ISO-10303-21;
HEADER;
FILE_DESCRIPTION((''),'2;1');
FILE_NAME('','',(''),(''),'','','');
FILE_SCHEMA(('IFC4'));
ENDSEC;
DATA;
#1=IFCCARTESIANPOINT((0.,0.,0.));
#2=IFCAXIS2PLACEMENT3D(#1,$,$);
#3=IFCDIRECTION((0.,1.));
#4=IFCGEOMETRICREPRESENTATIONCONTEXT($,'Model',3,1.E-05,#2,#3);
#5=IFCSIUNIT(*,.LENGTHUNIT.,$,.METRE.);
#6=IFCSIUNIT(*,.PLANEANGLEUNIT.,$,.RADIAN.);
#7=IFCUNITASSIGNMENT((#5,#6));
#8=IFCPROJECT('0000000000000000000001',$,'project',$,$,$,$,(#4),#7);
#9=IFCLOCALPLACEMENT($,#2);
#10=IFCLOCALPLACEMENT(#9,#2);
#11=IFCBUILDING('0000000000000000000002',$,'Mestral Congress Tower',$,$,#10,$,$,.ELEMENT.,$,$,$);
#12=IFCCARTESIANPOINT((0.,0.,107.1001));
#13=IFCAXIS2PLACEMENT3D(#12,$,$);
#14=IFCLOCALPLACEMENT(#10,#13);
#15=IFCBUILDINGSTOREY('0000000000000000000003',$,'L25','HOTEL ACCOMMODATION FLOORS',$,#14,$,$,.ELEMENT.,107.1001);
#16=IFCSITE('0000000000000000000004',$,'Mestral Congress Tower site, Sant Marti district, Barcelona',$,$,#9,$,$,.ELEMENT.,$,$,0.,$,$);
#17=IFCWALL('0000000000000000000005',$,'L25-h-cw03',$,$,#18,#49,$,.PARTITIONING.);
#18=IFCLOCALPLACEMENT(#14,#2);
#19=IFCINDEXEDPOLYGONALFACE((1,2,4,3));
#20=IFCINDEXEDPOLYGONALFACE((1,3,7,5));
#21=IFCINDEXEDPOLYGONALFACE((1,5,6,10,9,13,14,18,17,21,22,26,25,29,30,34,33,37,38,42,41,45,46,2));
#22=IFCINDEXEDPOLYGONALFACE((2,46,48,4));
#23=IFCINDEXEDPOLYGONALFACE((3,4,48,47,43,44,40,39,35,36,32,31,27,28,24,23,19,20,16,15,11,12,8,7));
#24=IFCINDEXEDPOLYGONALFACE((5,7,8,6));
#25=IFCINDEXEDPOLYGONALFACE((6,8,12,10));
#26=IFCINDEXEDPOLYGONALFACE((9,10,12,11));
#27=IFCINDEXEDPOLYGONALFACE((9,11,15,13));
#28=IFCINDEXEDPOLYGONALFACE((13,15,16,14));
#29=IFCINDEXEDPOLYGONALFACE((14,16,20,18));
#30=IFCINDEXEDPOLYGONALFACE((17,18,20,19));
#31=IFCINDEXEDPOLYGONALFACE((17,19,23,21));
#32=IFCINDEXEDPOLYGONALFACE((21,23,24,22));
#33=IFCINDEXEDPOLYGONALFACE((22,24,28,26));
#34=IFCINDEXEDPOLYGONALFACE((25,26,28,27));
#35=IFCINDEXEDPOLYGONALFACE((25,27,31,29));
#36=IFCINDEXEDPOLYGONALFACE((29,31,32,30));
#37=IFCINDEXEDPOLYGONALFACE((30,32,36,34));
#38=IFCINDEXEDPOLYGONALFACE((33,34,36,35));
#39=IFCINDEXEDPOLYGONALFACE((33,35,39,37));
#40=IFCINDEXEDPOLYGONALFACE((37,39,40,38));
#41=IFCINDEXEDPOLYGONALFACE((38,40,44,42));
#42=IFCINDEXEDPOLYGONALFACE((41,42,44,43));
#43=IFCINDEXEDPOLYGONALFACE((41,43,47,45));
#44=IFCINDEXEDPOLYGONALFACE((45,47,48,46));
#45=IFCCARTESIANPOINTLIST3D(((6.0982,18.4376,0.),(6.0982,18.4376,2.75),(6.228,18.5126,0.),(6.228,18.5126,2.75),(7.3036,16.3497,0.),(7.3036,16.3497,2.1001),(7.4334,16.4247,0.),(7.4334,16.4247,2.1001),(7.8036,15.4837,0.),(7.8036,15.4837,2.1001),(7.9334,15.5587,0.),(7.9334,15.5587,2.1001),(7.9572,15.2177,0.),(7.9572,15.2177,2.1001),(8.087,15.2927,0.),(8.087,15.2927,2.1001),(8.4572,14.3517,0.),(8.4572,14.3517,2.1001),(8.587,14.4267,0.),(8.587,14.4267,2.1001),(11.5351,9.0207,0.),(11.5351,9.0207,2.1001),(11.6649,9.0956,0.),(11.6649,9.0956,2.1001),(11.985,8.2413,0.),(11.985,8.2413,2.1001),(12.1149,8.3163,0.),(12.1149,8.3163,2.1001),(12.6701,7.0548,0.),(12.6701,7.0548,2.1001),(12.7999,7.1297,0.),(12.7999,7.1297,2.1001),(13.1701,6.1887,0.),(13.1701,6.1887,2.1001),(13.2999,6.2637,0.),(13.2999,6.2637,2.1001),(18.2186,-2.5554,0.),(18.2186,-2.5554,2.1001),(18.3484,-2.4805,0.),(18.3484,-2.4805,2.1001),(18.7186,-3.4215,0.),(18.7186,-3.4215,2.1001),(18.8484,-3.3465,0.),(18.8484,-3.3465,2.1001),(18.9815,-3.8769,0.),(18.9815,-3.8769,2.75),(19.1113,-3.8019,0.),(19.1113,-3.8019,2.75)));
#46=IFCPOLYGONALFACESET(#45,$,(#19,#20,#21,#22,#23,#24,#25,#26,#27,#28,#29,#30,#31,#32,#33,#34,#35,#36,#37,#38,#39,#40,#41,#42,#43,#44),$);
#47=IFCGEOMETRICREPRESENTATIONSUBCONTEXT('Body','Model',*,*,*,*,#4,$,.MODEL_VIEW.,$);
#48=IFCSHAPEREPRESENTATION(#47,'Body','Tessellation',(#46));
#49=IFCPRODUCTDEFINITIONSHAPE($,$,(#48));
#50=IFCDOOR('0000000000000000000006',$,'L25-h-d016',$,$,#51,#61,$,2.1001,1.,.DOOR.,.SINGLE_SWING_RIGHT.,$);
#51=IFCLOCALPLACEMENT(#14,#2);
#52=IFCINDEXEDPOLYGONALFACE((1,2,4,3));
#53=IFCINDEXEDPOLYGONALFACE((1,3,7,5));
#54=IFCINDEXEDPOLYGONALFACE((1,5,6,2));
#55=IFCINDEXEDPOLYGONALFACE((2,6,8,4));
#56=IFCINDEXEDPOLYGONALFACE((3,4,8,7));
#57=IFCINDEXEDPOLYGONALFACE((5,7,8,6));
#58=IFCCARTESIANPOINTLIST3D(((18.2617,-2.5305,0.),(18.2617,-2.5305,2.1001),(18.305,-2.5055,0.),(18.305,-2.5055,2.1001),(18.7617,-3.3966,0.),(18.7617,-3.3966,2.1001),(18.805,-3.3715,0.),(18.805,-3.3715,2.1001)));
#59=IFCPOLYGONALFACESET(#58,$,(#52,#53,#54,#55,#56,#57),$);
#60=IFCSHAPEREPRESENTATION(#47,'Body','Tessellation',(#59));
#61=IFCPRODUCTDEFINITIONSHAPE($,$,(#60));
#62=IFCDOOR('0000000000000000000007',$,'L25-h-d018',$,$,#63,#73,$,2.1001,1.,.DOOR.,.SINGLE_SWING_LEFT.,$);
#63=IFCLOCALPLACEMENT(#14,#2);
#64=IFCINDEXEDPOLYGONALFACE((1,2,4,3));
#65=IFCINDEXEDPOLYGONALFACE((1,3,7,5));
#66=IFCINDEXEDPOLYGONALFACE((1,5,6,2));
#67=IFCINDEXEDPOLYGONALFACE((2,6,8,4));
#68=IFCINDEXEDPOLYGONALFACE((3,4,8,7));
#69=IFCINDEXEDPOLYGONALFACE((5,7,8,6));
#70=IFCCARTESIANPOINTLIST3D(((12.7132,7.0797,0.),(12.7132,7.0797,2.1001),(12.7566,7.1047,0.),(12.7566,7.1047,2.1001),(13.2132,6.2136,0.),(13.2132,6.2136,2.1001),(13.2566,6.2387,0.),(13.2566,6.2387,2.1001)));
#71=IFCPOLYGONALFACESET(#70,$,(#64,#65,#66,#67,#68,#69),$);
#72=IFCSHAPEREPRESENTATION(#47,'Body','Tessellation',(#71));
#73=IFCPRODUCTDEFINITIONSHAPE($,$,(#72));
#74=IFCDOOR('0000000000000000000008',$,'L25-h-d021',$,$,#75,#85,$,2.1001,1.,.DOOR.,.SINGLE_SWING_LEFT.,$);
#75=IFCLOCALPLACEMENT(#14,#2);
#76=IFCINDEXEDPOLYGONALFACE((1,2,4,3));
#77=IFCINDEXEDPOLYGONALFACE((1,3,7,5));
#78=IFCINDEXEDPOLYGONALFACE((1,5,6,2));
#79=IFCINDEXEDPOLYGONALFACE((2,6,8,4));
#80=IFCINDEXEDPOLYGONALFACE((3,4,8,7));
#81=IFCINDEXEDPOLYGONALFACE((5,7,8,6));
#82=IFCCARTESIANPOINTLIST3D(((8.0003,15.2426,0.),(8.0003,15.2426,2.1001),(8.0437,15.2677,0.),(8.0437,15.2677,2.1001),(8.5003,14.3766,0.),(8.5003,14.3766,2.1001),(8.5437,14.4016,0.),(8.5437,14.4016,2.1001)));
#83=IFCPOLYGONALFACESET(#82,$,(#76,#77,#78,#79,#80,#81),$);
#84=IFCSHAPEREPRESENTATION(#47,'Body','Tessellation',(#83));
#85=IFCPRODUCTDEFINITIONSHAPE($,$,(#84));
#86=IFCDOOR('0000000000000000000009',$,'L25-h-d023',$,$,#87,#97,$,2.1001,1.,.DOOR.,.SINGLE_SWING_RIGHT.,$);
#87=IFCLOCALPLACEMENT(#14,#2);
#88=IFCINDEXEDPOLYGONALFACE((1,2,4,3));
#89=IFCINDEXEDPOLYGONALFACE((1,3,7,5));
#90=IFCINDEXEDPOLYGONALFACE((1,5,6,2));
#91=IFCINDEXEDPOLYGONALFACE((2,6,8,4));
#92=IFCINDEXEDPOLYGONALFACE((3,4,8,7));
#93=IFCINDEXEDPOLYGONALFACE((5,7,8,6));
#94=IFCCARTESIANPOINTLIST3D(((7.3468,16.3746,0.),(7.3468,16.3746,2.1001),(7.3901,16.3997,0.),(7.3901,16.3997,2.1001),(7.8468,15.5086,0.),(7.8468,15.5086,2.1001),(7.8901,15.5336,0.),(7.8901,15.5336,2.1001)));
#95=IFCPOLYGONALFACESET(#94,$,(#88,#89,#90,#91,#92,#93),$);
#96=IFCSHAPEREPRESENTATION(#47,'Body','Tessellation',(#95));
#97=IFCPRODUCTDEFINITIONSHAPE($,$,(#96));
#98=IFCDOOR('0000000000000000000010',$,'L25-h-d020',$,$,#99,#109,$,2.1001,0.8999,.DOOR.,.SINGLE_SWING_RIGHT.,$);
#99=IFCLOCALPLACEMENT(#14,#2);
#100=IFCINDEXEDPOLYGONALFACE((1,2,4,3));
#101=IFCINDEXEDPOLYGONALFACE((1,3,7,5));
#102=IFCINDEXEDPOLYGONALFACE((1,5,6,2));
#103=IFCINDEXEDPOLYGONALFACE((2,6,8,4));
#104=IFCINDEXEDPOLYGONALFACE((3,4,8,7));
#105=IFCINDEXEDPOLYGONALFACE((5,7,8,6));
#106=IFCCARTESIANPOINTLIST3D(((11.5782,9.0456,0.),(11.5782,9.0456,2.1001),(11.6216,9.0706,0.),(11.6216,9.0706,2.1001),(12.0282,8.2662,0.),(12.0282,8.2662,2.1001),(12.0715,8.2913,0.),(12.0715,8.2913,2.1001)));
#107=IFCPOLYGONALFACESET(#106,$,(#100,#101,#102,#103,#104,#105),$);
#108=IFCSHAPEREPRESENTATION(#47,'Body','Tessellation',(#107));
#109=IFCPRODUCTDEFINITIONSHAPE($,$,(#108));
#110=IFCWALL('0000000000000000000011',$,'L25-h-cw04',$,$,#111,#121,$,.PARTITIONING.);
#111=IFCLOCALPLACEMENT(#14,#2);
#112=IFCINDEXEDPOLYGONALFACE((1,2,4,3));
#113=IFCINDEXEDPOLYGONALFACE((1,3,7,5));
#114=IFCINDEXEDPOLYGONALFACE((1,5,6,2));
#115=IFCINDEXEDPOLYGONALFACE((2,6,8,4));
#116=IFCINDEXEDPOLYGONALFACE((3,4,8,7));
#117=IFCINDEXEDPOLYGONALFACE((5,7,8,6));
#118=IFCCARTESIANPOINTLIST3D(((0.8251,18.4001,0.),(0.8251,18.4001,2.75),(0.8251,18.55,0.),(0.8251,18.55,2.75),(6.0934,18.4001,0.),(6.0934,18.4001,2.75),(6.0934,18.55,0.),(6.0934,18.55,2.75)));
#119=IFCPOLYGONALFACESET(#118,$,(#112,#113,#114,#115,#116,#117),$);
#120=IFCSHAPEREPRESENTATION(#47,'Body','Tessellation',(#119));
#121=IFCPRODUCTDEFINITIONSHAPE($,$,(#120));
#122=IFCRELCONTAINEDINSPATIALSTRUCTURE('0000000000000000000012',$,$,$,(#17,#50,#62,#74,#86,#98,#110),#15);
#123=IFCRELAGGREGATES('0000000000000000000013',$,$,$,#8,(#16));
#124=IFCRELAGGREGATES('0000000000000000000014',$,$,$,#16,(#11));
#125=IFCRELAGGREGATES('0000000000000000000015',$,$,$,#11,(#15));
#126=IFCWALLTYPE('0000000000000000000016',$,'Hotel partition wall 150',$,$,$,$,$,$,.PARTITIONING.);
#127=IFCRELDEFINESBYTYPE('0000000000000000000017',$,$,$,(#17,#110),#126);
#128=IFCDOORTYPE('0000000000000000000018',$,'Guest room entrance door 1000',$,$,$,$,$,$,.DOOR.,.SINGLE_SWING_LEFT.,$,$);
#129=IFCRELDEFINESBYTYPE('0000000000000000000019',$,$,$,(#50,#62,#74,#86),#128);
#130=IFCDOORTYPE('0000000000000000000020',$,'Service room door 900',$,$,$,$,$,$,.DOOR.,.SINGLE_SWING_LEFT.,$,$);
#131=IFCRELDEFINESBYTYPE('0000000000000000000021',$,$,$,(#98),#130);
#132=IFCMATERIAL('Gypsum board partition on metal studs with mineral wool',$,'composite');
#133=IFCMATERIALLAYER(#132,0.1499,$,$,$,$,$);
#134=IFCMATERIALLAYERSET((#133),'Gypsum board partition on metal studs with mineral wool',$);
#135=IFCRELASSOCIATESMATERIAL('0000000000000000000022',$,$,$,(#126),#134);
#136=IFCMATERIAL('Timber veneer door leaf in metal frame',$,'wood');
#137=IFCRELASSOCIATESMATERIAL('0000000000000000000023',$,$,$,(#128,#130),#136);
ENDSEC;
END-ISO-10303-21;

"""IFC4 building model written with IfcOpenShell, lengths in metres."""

from ifc_helpers import new_model, si_unit, direction, frame, frame_2d, origin, place, context, subcontext, project, spatial, rectangle, extrude, material, layer, layer_set, type_object, element, fill, save


model = new_model("IFC4")

# Units and contexts
model_context = context("Model", 3, precision=1e-05, world=origin(), true_north=direction((0.0, 1.0)))
body_context = subcontext(model_context, "Body", "Model", "MODEL_VIEW")
ifc_project = project(units=[si_unit("LENGTHUNIT", "METRE"), si_unit("PLANEANGLEUNIT", "RADIAN")], contexts=[model_context])

# Site, building, storey
site_placement = place(None, origin())
site = spatial("IfcSite", under=ifc_project, at=site_placement, Name="Mestral Congress Tower site, Sant Marti district, Barcelona", CompositionType="ELEMENT", RefElevation=0.0)
building_placement = place(site_placement, origin())
building = spatial("IfcBuilding", under=site, at=building_placement, Name="Mestral Congress Tower", CompositionType="ELEMENT")
storey_placement = place(building_placement, frame((0.0, 0.0, 107.1001)))
storey = spatial("IfcBuildingStorey", under=building, at=storey_placement, Name="L25", Description="HOTEL ACCOMMODATION FLOORS", CompositionType="ELEMENT", Elevation=107.1001)

# Shared definitions
ifc_material_1 = material(Name="Gypsum board partition on metal studs with mineral wool", Category="composite")

# Wall, openings, doors
ifc_layer_1 = layer(ifc_material_1, 0.1499)
ifc_layer_set_1 = layer_set([ifc_layer_1], Name="Gypsum board partition on metal studs with mineral wool")
wall_type_1 = type_object("IfcWallType", Name="Hotel partition wall 150", PredefinedType="PARTITIONING", material=ifc_layer_set_1)
wall_1_placement = place(storey_placement, frame((6.1631, 18.4751, 0.0), z_axis=(0.0, 0.0, 1.0), x_axis=(0.500001, -0.866025, 0.0)))
wall_1 = element("IfcWall", 1, at=wall_1_placement, inside=storey, type_object=wall_type_1, Name="L25-h-cw03", PredefinedType="PARTITIONING", context=body_context, shape_type="SweptSolid", body=[
    extrude(rectangle(XDim=25.7666, YDim=0.1499, at=frame_2d((12.8833, 0.0))), origin(), (0.0, 0.0, 1.0), 2.75),
])
opening_1_placement = place(wall_1_placement, frame((24.2407, 0.0, 0.0)))
opening_1 = element("IfcOpeningElement", 2, at=opening_1_placement, cuts=wall_1, PredefinedType="OPENING", context=body_context, shape_type="SweptSolid", body=[
    extrude(rectangle(XDim=1.0, YDim=2.1001, at=frame_2d((0.5, 1.05))), frame((0.0, 0.085, 0.0), z_axis=(0.0, -1.0, 0.0), x_axis=(1.0, 0.0, 0.0)), (0.0, 0.0, 1.0), 0.1699),
])
opening_2_placement = place(wall_1_placement, frame((13.1438, 0.0, 0.0)))
opening_2 = element("IfcOpeningElement", 3, at=opening_2_placement, cuts=wall_1, PredefinedType="OPENING", context=body_context, shape_type="SweptSolid", body=[
    extrude(rectangle(XDim=1.0, YDim=2.1001, at=frame_2d((0.5, 1.05))), frame((0.0, 0.085, 0.0), z_axis=(0.0, -1.0, 0.0), x_axis=(1.0, 0.0, 0.0)), (0.0, 0.0, 1.0), 0.1699),
])
opening_3_placement = place(wall_1_placement, frame((10.8738, 0.0, 0.0)))
opening_3 = element("IfcOpeningElement", 4, at=opening_3_placement, cuts=wall_1, PredefinedType="OPENING", context=body_context, shape_type="SweptSolid", body=[
    extrude(rectangle(XDim=0.8999, YDim=2.1001, at=frame_2d((0.45, 1.05))), frame((0.0, 0.085, 0.0), z_axis=(0.0, -1.0, 0.0), x_axis=(1.0, 0.0, 0.0)), (0.0, 0.0, 1.0), 0.1699),
])
opening_4_placement = place(wall_1_placement, frame((3.718, 0.0, 0.0)))
opening_4 = element("IfcOpeningElement", 5, at=opening_4_placement, cuts=wall_1, PredefinedType="OPENING", context=body_context, shape_type="SweptSolid", body=[
    extrude(rectangle(XDim=1.0, YDim=2.1001, at=frame_2d((0.5, 1.05))), frame((0.0, 0.085, 0.0), z_axis=(0.0, -1.0, 0.0), x_axis=(1.0, 0.0, 0.0)), (0.0, 0.0, 1.0), 0.1699),
])
opening_5_placement = place(wall_1_placement, frame((2.4109, 0.0, 0.0)))
opening_5 = element("IfcOpeningElement", 6, at=opening_5_placement, cuts=wall_1, PredefinedType="OPENING", context=body_context, shape_type="SweptSolid", body=[
    extrude(rectangle(XDim=1.0, YDim=2.1001, at=frame_2d((0.5, 1.05))), frame((0.0, 0.085, 0.0), z_axis=(0.0, -1.0, 0.0), x_axis=(1.0, 0.0, 0.0)), (0.0, 0.0, 1.0), 0.1699),
])
ifc_material_2 = material(Name="Timber veneer door leaf in metal frame", Category="wood")
door_type_1 = type_object("IfcDoorType", Name="Guest room entrance door 1000", OperationType="SINGLE_SWING_LEFT", PredefinedType="DOOR", material=ifc_material_2)
door_1_placement = place(opening_1_placement, origin())
door_1 = element("IfcDoor", 7, at=door_1_placement, inside=storey, type_object=door_type_1, Name="L25-h-d016", OperationType="SINGLE_SWING_RIGHT", OverallHeight=2.1001, OverallWidth=1.0, PredefinedType="DOOR", context=body_context, shape_type="SweptSolid", body=[
    extrude(rectangle(XDim=1.0, YDim=2.1001, at=frame_2d((0.5, 1.05))), frame((0.0, 0.0249, 0.0), z_axis=(0.0, -1.0, 0.0), x_axis=(1.0, 0.0, 0.0)), (0.0, 0.0, 1.0), 0.05),
])
fill(opening_1, door_1)
door_2_placement = place(opening_2_placement, origin())
door_2 = element("IfcDoor", 8, at=door_2_placement, inside=storey, type_object=door_type_1, Name="L25-h-d018", OperationType="SINGLE_SWING_LEFT", OverallHeight=2.1001, OverallWidth=1.0, PredefinedType="DOOR", context=body_context, shape_type="SweptSolid", body=[
    extrude(rectangle(XDim=1.0, YDim=2.1001, at=frame_2d((0.5, 1.05))), frame((0.0, 0.0249, 0.0), z_axis=(0.0, -1.0, 0.0), x_axis=(1.0, 0.0, 0.0)), (0.0, 0.0, 1.0), 0.05),
])
fill(opening_2, door_2)
door_3_placement = place(opening_4_placement, origin())
door_3 = element("IfcDoor", 9, at=door_3_placement, inside=storey, type_object=door_type_1, Name="L25-h-d021", OperationType="SINGLE_SWING_LEFT", OverallHeight=2.1001, OverallWidth=1.0, PredefinedType="DOOR", context=body_context, shape_type="SweptSolid", body=[
    extrude(rectangle(XDim=1.0, YDim=2.1001, at=frame_2d((0.5, 1.05))), frame((0.0, 0.0249, 0.0), z_axis=(0.0, -1.0, 0.0), x_axis=(1.0, 0.0, 0.0)), (0.0, 0.0, 1.0), 0.05),
])
fill(opening_4, door_3)
door_4_placement = place(opening_5_placement, origin())
door_4 = element("IfcDoor", 10, at=door_4_placement, inside=storey, type_object=door_type_1, Name="L25-h-d023", OperationType="SINGLE_SWING_RIGHT", OverallHeight=2.1001, OverallWidth=1.0, PredefinedType="DOOR", context=body_context, shape_type="SweptSolid", body=[
    extrude(rectangle(XDim=1.0, YDim=2.1001, at=frame_2d((0.5, 1.05))), frame((0.0, 0.0249, 0.0), z_axis=(0.0, -1.0, 0.0), x_axis=(1.0, 0.0, 0.0)), (0.0, 0.0, 1.0), 0.05),
])
fill(opening_5, door_4)
door_type_2 = type_object("IfcDoorType", Name="Service room door 900", OperationType="SINGLE_SWING_LEFT", PredefinedType="DOOR", material=ifc_material_2)
door_5_placement = place(opening_3_placement, origin())
door_5 = element("IfcDoor", 11, at=door_5_placement, inside=storey, type_object=door_type_2, Name="L25-h-d020", OperationType="SINGLE_SWING_RIGHT", OverallHeight=2.1001, OverallWidth=0.8999, PredefinedType="DOOR", context=body_context, shape_type="SweptSolid", body=[
    extrude(rectangle(XDim=0.8999, YDim=2.1001, at=frame_2d((0.45, 1.05))), frame((0.0, 0.0249, 0.0), z_axis=(0.0, -1.0, 0.0), x_axis=(1.0, 0.0, 0.0)), (0.0, 0.0, 1.0), 0.05),
])
fill(opening_3, door_5)

# Wall
wall_2_placement = place(storey_placement, frame((0.825, 18.4751, 0.0), z_axis=(0.0, 0.0, 1.0), x_axis=(1.0, 0.0, 0.0)))
element("IfcWall", 12, at=wall_2_placement, inside=storey, type_object=wall_type_1, Name="L25-h-cw04", PredefinedType="PARTITIONING", context=body_context, shape_type="SweptSolid", body=[
    extrude(rectangle(XDim=5.2683, YDim=0.1499, at=frame_2d((2.6343, 0.0))), origin(), (0.0, 0.0, 1.0), 2.75),
])

save(model, "model.ifc")
